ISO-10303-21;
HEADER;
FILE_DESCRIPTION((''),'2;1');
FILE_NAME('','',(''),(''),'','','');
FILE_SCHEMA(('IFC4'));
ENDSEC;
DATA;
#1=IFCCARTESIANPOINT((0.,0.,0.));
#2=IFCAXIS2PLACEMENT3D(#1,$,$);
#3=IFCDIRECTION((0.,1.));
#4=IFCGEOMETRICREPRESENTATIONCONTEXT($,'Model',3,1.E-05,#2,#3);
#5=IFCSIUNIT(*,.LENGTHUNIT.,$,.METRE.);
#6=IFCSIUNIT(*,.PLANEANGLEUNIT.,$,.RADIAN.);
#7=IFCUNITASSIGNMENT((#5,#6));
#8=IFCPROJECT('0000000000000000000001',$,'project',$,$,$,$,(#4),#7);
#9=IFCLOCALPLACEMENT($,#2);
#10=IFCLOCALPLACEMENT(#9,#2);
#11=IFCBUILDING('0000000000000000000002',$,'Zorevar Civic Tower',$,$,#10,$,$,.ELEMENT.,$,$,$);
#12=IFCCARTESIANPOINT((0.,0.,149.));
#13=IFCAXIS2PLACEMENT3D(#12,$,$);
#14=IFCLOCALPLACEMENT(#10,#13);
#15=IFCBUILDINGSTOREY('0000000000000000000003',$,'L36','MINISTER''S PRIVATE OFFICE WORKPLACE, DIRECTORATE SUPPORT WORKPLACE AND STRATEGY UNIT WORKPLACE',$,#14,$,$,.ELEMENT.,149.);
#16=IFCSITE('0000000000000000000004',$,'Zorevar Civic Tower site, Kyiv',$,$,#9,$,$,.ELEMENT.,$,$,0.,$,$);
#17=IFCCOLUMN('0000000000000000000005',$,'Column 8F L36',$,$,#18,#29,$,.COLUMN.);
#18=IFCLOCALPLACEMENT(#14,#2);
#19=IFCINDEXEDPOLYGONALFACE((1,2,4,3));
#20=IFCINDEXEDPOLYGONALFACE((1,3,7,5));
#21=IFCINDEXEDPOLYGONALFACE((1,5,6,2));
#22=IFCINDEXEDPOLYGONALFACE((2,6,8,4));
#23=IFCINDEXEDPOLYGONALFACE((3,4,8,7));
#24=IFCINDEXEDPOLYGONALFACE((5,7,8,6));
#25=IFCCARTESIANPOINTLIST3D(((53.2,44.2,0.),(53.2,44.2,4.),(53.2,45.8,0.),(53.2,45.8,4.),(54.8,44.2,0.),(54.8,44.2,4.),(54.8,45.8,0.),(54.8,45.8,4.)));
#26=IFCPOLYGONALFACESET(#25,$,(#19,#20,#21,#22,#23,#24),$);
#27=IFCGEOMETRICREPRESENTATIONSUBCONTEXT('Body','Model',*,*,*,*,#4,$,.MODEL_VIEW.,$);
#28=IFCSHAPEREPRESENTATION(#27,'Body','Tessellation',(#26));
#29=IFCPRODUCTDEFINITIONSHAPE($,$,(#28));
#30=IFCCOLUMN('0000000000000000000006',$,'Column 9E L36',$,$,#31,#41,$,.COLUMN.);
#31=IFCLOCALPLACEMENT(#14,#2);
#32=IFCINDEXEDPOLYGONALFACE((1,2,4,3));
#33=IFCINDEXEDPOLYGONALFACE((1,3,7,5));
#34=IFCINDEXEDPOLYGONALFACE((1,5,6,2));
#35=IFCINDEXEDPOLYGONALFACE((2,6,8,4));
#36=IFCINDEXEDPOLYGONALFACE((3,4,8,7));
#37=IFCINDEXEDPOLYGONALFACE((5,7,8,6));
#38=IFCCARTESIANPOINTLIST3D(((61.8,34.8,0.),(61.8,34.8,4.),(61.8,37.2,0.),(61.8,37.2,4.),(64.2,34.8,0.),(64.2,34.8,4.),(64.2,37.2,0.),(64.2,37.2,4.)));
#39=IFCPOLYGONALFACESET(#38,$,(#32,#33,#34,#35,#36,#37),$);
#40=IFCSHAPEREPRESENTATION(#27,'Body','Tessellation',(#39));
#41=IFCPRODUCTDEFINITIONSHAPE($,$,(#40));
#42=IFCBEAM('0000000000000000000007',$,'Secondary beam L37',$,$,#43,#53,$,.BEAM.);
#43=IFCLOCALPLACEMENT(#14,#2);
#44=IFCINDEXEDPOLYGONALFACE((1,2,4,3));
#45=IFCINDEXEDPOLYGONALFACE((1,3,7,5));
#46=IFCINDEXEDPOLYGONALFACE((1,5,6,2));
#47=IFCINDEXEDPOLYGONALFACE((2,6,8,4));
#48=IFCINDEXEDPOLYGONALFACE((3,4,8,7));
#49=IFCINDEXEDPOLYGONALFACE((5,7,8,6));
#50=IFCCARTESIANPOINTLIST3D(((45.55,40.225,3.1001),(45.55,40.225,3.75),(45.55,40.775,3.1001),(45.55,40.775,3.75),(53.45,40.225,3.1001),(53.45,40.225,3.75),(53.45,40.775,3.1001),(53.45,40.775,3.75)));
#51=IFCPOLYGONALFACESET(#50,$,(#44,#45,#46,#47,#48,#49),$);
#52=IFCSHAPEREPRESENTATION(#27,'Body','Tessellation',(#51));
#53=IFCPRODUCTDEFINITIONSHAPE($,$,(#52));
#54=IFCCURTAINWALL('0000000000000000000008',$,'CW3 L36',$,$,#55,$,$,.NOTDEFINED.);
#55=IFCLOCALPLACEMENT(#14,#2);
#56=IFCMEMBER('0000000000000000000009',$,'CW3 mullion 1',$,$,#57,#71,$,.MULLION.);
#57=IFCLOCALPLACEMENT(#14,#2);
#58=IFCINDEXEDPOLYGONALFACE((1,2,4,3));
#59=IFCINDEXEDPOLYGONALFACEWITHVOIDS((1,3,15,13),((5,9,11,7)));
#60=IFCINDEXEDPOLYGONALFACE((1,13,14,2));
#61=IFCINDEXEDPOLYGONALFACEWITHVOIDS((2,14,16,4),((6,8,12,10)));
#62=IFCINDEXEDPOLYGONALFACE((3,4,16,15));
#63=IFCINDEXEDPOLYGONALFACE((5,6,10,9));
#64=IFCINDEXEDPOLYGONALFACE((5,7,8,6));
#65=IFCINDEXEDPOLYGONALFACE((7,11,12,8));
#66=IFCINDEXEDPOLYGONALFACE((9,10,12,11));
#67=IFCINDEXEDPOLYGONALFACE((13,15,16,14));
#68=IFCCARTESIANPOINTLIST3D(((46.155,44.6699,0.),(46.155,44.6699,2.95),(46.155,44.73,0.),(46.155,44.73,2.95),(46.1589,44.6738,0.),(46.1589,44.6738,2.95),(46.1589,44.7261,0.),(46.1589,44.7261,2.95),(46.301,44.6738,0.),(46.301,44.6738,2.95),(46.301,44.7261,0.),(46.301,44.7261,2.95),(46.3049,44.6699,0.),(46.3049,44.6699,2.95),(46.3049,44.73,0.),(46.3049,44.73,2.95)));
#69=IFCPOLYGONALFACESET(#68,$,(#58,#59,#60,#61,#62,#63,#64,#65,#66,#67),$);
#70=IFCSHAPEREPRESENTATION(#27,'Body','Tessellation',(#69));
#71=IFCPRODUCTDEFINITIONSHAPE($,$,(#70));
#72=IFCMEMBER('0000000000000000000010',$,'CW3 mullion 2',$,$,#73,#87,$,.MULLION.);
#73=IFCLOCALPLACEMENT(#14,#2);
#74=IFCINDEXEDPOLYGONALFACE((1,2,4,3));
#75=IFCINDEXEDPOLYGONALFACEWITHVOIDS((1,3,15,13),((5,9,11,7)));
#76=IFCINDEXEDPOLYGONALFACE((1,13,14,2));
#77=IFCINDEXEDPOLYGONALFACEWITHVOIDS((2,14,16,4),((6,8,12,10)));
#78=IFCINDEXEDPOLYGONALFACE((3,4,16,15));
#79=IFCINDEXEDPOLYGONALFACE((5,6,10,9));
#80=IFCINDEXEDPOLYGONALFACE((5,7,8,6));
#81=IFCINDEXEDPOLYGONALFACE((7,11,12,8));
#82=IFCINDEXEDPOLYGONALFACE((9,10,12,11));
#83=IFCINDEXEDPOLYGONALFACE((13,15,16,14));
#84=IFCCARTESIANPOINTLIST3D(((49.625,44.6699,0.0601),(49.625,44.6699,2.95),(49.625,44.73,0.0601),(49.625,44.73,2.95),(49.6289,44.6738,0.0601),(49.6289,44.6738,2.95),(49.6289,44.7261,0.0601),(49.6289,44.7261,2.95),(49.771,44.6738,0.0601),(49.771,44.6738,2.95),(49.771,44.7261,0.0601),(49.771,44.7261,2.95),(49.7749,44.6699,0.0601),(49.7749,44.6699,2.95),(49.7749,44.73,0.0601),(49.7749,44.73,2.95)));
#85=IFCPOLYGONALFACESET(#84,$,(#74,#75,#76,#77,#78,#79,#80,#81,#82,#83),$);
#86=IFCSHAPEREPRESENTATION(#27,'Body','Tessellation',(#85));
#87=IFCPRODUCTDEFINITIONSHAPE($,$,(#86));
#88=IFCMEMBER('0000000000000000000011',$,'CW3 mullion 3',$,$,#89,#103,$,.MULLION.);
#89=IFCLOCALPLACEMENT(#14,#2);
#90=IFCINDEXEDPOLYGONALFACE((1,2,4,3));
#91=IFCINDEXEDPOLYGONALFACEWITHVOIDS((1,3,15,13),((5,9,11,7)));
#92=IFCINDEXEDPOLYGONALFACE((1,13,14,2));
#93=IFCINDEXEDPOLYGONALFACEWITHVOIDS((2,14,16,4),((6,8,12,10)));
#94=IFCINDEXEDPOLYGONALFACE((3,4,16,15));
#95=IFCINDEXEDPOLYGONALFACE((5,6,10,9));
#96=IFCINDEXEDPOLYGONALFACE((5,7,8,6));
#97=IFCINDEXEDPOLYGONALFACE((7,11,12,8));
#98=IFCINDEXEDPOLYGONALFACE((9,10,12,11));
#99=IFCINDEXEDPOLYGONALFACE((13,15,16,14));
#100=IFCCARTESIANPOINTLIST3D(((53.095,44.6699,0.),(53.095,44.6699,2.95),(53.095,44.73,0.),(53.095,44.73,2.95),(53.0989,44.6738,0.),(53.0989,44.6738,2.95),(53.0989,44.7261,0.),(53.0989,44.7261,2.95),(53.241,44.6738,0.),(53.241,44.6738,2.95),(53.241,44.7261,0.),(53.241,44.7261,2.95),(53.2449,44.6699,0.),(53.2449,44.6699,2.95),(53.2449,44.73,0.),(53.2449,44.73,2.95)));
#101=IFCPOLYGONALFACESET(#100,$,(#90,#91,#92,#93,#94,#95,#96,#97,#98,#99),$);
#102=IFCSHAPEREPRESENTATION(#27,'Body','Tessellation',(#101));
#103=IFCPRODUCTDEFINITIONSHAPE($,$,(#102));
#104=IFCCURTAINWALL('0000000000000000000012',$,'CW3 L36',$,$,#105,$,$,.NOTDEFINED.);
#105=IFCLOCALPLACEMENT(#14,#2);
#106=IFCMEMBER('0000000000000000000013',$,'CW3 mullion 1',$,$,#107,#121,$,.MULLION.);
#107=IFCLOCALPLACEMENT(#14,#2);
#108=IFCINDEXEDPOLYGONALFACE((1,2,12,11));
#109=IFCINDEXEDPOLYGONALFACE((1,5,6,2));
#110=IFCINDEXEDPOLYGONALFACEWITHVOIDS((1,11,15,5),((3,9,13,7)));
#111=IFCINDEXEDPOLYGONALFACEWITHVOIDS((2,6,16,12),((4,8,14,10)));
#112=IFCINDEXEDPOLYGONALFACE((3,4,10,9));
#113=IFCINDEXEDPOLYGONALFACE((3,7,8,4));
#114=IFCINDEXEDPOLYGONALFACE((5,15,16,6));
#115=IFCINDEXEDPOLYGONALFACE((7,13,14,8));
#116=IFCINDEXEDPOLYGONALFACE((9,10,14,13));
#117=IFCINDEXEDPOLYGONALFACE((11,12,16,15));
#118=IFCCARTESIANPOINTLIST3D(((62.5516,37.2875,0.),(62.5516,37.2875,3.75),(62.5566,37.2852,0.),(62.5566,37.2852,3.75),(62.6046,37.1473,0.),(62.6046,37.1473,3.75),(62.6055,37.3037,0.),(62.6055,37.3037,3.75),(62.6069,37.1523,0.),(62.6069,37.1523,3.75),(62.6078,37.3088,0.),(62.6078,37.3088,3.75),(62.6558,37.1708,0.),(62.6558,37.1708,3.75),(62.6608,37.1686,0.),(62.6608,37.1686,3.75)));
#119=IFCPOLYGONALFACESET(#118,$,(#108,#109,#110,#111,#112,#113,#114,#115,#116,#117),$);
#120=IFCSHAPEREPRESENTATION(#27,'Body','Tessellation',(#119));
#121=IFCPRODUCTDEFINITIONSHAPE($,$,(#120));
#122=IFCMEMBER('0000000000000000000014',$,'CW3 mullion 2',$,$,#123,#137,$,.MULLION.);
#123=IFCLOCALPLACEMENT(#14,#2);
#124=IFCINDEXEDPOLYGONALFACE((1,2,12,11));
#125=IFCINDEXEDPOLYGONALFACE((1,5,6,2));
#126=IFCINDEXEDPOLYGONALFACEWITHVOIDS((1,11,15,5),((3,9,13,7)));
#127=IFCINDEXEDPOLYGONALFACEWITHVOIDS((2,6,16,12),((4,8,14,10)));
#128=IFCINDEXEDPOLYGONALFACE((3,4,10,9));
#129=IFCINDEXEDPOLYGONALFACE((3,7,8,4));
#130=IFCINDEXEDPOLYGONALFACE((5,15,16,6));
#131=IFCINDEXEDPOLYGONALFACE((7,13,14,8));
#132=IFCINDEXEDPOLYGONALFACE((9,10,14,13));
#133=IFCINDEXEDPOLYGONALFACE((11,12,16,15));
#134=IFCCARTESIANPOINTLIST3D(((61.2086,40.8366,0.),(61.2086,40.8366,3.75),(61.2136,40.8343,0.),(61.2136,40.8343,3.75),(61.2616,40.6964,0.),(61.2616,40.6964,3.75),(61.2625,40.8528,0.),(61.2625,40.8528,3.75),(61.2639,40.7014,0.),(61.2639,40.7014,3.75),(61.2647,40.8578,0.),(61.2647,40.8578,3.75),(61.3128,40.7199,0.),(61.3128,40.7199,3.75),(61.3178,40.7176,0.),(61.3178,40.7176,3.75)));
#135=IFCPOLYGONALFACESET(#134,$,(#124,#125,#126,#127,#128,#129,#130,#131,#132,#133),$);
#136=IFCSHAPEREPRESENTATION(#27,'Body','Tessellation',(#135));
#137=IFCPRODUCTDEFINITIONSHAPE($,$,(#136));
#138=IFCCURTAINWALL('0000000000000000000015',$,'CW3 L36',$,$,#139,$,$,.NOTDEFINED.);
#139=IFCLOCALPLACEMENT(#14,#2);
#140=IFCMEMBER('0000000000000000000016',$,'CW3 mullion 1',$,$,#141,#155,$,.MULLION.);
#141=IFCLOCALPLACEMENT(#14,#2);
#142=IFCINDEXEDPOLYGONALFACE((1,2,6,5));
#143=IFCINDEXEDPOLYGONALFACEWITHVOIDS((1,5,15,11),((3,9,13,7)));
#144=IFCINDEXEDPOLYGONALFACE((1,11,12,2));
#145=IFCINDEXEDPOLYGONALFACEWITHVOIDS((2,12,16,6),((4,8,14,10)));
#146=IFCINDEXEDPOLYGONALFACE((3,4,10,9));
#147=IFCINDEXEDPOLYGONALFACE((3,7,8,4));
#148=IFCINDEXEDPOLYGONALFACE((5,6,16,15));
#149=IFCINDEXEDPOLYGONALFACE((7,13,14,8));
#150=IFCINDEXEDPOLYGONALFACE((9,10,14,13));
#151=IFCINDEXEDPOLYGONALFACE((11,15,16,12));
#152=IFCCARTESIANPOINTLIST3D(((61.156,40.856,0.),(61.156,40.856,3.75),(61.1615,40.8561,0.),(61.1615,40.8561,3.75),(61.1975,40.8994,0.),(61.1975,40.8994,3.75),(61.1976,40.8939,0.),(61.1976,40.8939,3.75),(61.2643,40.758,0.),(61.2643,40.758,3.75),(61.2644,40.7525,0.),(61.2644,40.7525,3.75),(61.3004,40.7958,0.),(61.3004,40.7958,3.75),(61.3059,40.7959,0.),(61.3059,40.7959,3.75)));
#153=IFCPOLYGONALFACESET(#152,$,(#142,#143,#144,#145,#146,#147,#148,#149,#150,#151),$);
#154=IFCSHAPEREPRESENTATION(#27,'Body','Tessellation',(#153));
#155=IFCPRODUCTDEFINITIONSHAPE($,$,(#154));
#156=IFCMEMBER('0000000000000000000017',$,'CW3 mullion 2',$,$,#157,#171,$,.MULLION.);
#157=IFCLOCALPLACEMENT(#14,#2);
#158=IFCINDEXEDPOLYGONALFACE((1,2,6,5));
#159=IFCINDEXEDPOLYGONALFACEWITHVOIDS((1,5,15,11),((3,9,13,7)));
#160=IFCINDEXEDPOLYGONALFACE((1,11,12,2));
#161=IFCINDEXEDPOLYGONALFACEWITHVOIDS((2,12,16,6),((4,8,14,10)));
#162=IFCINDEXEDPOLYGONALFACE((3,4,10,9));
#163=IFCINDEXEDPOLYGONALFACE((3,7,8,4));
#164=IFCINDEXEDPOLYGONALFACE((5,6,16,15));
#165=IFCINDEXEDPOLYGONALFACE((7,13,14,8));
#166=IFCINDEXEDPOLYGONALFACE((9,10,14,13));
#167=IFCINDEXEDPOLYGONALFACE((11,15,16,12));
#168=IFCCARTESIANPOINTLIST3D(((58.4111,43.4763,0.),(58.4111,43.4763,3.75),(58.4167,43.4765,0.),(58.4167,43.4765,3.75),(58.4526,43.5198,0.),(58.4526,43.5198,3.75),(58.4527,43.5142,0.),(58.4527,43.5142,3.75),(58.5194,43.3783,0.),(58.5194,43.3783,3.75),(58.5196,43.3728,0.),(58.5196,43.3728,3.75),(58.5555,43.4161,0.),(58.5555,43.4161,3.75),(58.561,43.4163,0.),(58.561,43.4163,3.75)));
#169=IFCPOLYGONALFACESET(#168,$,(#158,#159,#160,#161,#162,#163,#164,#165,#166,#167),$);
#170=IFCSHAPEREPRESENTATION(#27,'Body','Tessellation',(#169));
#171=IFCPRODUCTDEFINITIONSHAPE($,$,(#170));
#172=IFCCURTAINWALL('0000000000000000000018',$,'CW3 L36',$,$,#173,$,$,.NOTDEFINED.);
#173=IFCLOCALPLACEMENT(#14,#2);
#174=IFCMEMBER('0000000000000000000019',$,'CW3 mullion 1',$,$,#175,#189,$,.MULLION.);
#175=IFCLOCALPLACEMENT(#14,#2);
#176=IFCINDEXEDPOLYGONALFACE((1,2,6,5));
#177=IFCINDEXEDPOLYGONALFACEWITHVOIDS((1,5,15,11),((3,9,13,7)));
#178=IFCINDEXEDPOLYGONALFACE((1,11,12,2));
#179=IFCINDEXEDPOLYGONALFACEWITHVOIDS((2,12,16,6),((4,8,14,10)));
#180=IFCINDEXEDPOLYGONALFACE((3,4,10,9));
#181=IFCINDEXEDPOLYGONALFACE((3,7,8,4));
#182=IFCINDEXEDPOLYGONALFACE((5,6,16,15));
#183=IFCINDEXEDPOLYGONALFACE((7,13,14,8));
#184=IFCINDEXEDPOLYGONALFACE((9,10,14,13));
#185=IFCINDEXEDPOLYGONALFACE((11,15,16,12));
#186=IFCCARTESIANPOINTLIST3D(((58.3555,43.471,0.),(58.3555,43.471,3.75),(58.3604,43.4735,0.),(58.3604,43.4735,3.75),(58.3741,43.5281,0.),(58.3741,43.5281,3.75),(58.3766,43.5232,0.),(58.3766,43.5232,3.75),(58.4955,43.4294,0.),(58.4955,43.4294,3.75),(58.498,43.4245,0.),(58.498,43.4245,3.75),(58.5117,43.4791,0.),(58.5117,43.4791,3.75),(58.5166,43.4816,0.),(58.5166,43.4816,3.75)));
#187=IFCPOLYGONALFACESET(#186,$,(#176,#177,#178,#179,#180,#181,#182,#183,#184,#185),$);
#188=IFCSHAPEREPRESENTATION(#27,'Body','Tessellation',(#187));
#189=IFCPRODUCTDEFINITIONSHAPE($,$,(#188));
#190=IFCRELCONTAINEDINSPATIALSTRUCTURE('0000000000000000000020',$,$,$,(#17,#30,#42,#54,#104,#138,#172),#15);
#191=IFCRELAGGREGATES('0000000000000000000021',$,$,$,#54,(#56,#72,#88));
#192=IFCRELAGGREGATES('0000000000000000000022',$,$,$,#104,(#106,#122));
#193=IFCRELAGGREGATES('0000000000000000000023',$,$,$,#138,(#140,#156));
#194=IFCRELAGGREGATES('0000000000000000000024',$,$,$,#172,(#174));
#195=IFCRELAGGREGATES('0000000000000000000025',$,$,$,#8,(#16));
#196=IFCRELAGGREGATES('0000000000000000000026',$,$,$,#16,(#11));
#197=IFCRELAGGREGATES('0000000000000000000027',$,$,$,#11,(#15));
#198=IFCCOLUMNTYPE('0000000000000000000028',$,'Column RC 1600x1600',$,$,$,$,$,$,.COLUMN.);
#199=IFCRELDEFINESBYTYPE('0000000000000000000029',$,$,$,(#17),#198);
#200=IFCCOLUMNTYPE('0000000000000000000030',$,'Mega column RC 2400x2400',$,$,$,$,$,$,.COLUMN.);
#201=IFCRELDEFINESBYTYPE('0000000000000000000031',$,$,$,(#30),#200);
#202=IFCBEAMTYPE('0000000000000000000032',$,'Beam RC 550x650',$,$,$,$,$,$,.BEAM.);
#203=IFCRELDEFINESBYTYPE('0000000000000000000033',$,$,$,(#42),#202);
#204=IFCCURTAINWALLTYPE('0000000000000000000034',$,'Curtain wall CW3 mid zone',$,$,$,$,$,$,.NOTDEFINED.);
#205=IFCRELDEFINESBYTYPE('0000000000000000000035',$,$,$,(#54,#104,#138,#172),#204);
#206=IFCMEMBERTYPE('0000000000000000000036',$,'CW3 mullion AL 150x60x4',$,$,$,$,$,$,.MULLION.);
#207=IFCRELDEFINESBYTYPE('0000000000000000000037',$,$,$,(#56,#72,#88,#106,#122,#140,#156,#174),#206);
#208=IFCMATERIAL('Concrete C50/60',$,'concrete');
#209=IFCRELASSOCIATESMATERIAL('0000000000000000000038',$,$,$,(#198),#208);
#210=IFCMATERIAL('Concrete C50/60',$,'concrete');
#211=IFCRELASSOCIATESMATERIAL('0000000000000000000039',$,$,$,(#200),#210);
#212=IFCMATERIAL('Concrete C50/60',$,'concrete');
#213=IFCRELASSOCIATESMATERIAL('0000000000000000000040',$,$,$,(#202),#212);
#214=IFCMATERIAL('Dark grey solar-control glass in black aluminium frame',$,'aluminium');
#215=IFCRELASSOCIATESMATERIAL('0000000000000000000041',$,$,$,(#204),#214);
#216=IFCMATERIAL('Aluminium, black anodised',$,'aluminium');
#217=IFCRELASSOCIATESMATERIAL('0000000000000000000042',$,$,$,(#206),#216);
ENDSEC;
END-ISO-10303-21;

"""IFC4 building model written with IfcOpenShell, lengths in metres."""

from ifc_helpers import new_model, si_unit, direction, frame, origin, origin_2d, place, context, subcontext, project, spatial, rectangle, hollow_rectangle, extrude, material, material_profile, profile_set, type_object, element, aggregate, save


model = new_model("IFC4")

# Units and contexts
model_context = context("Model", 3, precision=1e-05, world=origin(), true_north=direction((0.0, 1.0)))
body_context = subcontext(model_context, "Body", "Model", "MODEL_VIEW")
ifc_project = project(units=[si_unit("LENGTHUNIT", "METRE"), si_unit("PLANEANGLEUNIT", "RADIAN")], contexts=[model_context])

# Site, building, storey
site_placement = place(None, origin())
site = spatial("IfcSite", under=ifc_project, at=site_placement, Name="Zorevar Civic Tower site, Kyiv", CompositionType="ELEMENT", RefElevation=0.0)
building_placement = place(site_placement, origin())
building = spatial("IfcBuilding", under=site, at=building_placement, Name="Zorevar Civic Tower", CompositionType="ELEMENT")
storey_placement = place(building_placement, frame((0.0, 0.0, 149.0)))
storey = spatial("IfcBuildingStorey", under=building, at=storey_placement, Name="L36", Description="MINISTER'S PRIVATE OFFICE WORKPLACE, DIRECTORATE SUPPORT WORKPLACE AND STRATEGY UNIT WORKPLACE", CompositionType="ELEMENT", Elevation=149.0)

# Columns
ifc_material_1 = material(Name="Concrete C50/60", Category="concrete")
ifc_material_profile_1 = material_profile(ifc_material_1, rectangle(XDim=1.6001, YDim=1.6001, at=origin_2d()), Name="RC 1600x1600")
ifc_profile_set_1 = profile_set([ifc_material_profile_1], Name="Concrete C50/60")
column_type_1 = type_object("IfcColumnType", Name="Column RC 1600x1600", PredefinedType="COLUMN", material=ifc_profile_set_1)
column_1_placement = place(storey_placement, frame((54.0, 45.0, 0.0), z_axis=(0.0, 0.0, 1.0), x_axis=(1.0, 0.0, 0.0)))
element("IfcColumn", 1, at=column_1_placement, inside=storey, type_object=column_type_1, Name="Column 8F L36", PredefinedType="COLUMN", context=body_context, shape_type="SweptSolid", body=[
    extrude(rectangle(XDim=1.6001, YDim=1.6001, at=origin_2d()), origin(), (0.0, 0.0, 1.0), 4.0),
])
ifc_material_2 = material(Name="Concrete C50/60", Category="concrete")
ifc_material_profile_2 = material_profile(ifc_material_2, rectangle(XDim=2.3999, YDim=2.3999, at=origin_2d()), Name="RC 2400x2400")
ifc_profile_set_2 = profile_set([ifc_material_profile_2], Name="Concrete C50/60")
column_type_2 = type_object("IfcColumnType", Name="Mega column RC 2400x2400", PredefinedType="COLUMN", material=ifc_profile_set_2)
column_2_placement = place(storey_placement, frame((63.0, 36.0, 0.0), z_axis=(0.0, 0.0, 1.0), x_axis=(1.0, 0.0, 0.0)))
element("IfcColumn", 2, at=column_2_placement, inside=storey, type_object=column_type_2, Name="Column 9E L36", PredefinedType="COLUMN", context=body_context, shape_type="SweptSolid", body=[
    extrude(rectangle(XDim=2.3999, YDim=2.3999, at=origin_2d()), origin(), (0.0, 0.0, 1.0), 4.0),
])

# Beam
ifc_material_3 = material(Name="Concrete C50/60", Category="concrete")
ifc_material_profile_3 = material_profile(ifc_material_3, rectangle(XDim=0.55, YDim=0.6499, at=origin_2d()), Name="RC 550x650")
ifc_profile_set_3 = profile_set([ifc_material_profile_3], Name="Concrete C50/60")
beam_type_1 = type_object("IfcBeamType", Name="Beam RC 550x650", PredefinedType="BEAM", material=ifc_profile_set_3)
beam_1_placement = place(storey_placement, frame((45.55, 40.5, 3.425), z_axis=(1.0, 0.0, 0.0), x_axis=(0.0, 1.0, 0.0)))
element("IfcBeam", 3, at=beam_1_placement, inside=storey, type_object=beam_type_1, Name="Secondary beam L37", PredefinedType="BEAM", context=body_context, shape_type="SweptSolid", body=[
    extrude(rectangle(XDim=0.55, YDim=0.6499, at=origin_2d()), origin(), (0.0, 0.0, 1.0), 7.8999),
])

# Curtain walls, members
ifc_material_4 = material(Name="Dark grey solar-control glass in black aluminium frame", Category="aluminium")
curtain_wall_type = type_object("IfcCurtainWallType", Name="Curtain wall CW3 mid zone", PredefinedType="NOTDEFINED", material=ifc_material_4)
curtain_wall_1_placement = place(storey_placement, origin())
curtain_wall_1 = element("IfcCurtainWall", 4, at=curtain_wall_1_placement, inside=storey, type_object=curtain_wall_type, Name="CW3 L36", PredefinedType="NOTDEFINED")
ifc_material_5 = material(Name="Aluminium, black anodised", Category="aluminium")
ifc_material_profile_4 = material_profile(ifc_material_5, hollow_rectangle(XDim=0.0601, YDim=0.1499, WallThickness=0.0039, at=origin_2d()), Name="AL 150x60x4")
ifc_profile_set_4 = profile_set([ifc_material_profile_4], Name="Aluminium, black anodised")
member_type_1 = type_object("IfcMemberType", Name="CW3 mullion AL 150x60x4", PredefinedType="MULLION", material=ifc_profile_set_4)
member_1_placement = place(storey_placement, frame((46.23, 44.7, 0.0), z_axis=(0.0, 0.0, 1.0), x_axis=(0.0, 1.0, 0.0)))
member_1 = element("IfcMember", 5, at=member_1_placement, type_object=member_type_1, Name="CW3 mullion 1", PredefinedType="MULLION", context=body_context, shape_type="SweptSolid", body=[
    extrude(hollow_rectangle(XDim=0.0601, YDim=0.1499, WallThickness=0.0039, at=origin_2d()), origin(), (0.0, 0.0, 1.0), 2.95),
])
member_2_placement = place(storey_placement, frame((49.7, 44.7, 0.0601), z_axis=(0.0, 0.0, 1.0), x_axis=(0.0, 1.0, 0.0)))
member_2 = element("IfcMember", 6, at=member_2_placement, type_object=member_type_1, Name="CW3 mullion 2", PredefinedType="MULLION", context=body_context, shape_type="SweptSolid", body=[
    extrude(hollow_rectangle(XDim=0.0601, YDim=0.1499, WallThickness=0.0039, at=origin_2d()), origin(), (0.0, 0.0, 1.0), 2.8899),
])
member_3_placement = place(storey_placement, frame((53.1699, 44.7, 0.0), z_axis=(0.0, 0.0, 1.0), x_axis=(0.0, 1.0, 0.0)))
member_3 = element("IfcMember", 7, at=member_3_placement, type_object=member_type_1, Name="CW3 mullion 3", PredefinedType="MULLION", context=body_context, shape_type="SweptSolid", body=[
    extrude(hollow_rectangle(XDim=0.0601, YDim=0.1499, WallThickness=0.0039, at=origin_2d()), origin(), (0.0, 0.0, 1.0), 2.95),
])
curtain_wall_2_placement = place(storey_placement, origin())
curtain_wall_2 = element("IfcCurtainWall", 8, at=curtain_wall_2_placement, inside=storey, type_object=curtain_wall_type, Name="CW3 L36", PredefinedType="NOTDEFINED")
member_4_placement = place(storey_placement, frame((62.6062, 37.228, 0.0), z_axis=(0.0, 0.0, 1.0), x_axis=(-0.935277, -0.353918, 0.0)))
member_4 = element("IfcMember", 9, at=member_4_placement, type_object=member_type_1, Name="CW3 mullion 1", PredefinedType="MULLION", context=body_context, shape_type="SweptSolid", body=[
    extrude(hollow_rectangle(XDim=0.0601, YDim=0.1499, WallThickness=0.0039, at=origin_2d()), origin(), (0.0, 0.0, 1.0), 3.75),
])
member_5_placement = place(storey_placement, frame((61.2632, 40.7771, 0.0), z_axis=(0.0, 0.0, 1.0), x_axis=(-0.935277, -0.353918, 0.0)))
member_5 = element("IfcMember", 10, at=member_5_placement, type_object=member_type_1, Name="CW3 mullion 2", PredefinedType="MULLION", context=body_context, shape_type="SweptSolid", body=[
    extrude(hollow_rectangle(XDim=0.0601, YDim=0.1499, WallThickness=0.0039, at=origin_2d()), origin(), (0.0, 0.0, 1.0), 3.75),
])
curtain_wall_3_placement = place(storey_placement, origin())
curtain_wall_3 = element("IfcCurtainWall", 11, at=curtain_wall_3_placement, inside=storey, type_object=curtain_wall_type, Name="CW3 L36", PredefinedType="NOTDEFINED")
member_6_placement = place(storey_placement, frame((61.231, 40.8259, 0.0), z_axis=(0.0, 0.0, 1.0), x_axis=(-0.690545, -0.723289, 0.0)))
member_6 = element("IfcMember", 12, at=member_6_placement, type_object=member_type_1, Name="CW3 mullion 1", PredefinedType="MULLION", context=body_context, shape_type="SweptSolid", body=[
    extrude(hollow_rectangle(XDim=0.0601, YDim=0.1499, WallThickness=0.0039, at=origin_2d()), origin(), (0.0, 0.0, 1.0), 3.75),
])
member_7_placement = place(storey_placement, frame((58.4861, 43.4463, 0.0), z_axis=(0.0, 0.0, 1.0), x_axis=(-0.690545, -0.723289, 0.0)))
member_7 = element("IfcMember", 13, at=member_7_placement, type_object=member_type_1, Name="CW3 mullion 2", PredefinedType="MULLION", context=body_context, shape_type="SweptSolid", body=[
    extrude(hollow_rectangle(XDim=0.0601, YDim=0.1499, WallThickness=0.0039, at=origin_2d()), origin(), (0.0, 0.0, 1.0), 3.75),
])
curtain_wall_4_placement = place(storey_placement, origin())
curtain_wall_4 = element("IfcCurtainWall", 14, at=curtain_wall_4_placement, inside=storey, type_object=curtain_wall_type, Name="CW3 L36", PredefinedType="NOTDEFINED")
member_8_placement = place(storey_placement, frame((58.436, 43.4763, 0.0), z_axis=(0.0, 0.0, 1.0), x_axis=(-0.310263, -0.950651, 0.0)))
member_8 = element("IfcMember", 15, at=member_8_placement, type_object=member_type_1, Name="CW3 mullion 1", PredefinedType="MULLION", context=body_context, shape_type="SweptSolid", body=[
    extrude(hollow_rectangle(XDim=0.0601, YDim=0.1499, WallThickness=0.0039, at=origin_2d()), origin(), (0.0, 0.0, 1.0), 3.75),
])

aggregate(curtain_wall_1, [member_1, member_2, member_3])
aggregate(curtain_wall_2, [member_4, member_5])
aggregate(curtain_wall_3, [member_6, member_7])
aggregate(curtain_wall_4, [member_8])

save(model, "model.ifc")
